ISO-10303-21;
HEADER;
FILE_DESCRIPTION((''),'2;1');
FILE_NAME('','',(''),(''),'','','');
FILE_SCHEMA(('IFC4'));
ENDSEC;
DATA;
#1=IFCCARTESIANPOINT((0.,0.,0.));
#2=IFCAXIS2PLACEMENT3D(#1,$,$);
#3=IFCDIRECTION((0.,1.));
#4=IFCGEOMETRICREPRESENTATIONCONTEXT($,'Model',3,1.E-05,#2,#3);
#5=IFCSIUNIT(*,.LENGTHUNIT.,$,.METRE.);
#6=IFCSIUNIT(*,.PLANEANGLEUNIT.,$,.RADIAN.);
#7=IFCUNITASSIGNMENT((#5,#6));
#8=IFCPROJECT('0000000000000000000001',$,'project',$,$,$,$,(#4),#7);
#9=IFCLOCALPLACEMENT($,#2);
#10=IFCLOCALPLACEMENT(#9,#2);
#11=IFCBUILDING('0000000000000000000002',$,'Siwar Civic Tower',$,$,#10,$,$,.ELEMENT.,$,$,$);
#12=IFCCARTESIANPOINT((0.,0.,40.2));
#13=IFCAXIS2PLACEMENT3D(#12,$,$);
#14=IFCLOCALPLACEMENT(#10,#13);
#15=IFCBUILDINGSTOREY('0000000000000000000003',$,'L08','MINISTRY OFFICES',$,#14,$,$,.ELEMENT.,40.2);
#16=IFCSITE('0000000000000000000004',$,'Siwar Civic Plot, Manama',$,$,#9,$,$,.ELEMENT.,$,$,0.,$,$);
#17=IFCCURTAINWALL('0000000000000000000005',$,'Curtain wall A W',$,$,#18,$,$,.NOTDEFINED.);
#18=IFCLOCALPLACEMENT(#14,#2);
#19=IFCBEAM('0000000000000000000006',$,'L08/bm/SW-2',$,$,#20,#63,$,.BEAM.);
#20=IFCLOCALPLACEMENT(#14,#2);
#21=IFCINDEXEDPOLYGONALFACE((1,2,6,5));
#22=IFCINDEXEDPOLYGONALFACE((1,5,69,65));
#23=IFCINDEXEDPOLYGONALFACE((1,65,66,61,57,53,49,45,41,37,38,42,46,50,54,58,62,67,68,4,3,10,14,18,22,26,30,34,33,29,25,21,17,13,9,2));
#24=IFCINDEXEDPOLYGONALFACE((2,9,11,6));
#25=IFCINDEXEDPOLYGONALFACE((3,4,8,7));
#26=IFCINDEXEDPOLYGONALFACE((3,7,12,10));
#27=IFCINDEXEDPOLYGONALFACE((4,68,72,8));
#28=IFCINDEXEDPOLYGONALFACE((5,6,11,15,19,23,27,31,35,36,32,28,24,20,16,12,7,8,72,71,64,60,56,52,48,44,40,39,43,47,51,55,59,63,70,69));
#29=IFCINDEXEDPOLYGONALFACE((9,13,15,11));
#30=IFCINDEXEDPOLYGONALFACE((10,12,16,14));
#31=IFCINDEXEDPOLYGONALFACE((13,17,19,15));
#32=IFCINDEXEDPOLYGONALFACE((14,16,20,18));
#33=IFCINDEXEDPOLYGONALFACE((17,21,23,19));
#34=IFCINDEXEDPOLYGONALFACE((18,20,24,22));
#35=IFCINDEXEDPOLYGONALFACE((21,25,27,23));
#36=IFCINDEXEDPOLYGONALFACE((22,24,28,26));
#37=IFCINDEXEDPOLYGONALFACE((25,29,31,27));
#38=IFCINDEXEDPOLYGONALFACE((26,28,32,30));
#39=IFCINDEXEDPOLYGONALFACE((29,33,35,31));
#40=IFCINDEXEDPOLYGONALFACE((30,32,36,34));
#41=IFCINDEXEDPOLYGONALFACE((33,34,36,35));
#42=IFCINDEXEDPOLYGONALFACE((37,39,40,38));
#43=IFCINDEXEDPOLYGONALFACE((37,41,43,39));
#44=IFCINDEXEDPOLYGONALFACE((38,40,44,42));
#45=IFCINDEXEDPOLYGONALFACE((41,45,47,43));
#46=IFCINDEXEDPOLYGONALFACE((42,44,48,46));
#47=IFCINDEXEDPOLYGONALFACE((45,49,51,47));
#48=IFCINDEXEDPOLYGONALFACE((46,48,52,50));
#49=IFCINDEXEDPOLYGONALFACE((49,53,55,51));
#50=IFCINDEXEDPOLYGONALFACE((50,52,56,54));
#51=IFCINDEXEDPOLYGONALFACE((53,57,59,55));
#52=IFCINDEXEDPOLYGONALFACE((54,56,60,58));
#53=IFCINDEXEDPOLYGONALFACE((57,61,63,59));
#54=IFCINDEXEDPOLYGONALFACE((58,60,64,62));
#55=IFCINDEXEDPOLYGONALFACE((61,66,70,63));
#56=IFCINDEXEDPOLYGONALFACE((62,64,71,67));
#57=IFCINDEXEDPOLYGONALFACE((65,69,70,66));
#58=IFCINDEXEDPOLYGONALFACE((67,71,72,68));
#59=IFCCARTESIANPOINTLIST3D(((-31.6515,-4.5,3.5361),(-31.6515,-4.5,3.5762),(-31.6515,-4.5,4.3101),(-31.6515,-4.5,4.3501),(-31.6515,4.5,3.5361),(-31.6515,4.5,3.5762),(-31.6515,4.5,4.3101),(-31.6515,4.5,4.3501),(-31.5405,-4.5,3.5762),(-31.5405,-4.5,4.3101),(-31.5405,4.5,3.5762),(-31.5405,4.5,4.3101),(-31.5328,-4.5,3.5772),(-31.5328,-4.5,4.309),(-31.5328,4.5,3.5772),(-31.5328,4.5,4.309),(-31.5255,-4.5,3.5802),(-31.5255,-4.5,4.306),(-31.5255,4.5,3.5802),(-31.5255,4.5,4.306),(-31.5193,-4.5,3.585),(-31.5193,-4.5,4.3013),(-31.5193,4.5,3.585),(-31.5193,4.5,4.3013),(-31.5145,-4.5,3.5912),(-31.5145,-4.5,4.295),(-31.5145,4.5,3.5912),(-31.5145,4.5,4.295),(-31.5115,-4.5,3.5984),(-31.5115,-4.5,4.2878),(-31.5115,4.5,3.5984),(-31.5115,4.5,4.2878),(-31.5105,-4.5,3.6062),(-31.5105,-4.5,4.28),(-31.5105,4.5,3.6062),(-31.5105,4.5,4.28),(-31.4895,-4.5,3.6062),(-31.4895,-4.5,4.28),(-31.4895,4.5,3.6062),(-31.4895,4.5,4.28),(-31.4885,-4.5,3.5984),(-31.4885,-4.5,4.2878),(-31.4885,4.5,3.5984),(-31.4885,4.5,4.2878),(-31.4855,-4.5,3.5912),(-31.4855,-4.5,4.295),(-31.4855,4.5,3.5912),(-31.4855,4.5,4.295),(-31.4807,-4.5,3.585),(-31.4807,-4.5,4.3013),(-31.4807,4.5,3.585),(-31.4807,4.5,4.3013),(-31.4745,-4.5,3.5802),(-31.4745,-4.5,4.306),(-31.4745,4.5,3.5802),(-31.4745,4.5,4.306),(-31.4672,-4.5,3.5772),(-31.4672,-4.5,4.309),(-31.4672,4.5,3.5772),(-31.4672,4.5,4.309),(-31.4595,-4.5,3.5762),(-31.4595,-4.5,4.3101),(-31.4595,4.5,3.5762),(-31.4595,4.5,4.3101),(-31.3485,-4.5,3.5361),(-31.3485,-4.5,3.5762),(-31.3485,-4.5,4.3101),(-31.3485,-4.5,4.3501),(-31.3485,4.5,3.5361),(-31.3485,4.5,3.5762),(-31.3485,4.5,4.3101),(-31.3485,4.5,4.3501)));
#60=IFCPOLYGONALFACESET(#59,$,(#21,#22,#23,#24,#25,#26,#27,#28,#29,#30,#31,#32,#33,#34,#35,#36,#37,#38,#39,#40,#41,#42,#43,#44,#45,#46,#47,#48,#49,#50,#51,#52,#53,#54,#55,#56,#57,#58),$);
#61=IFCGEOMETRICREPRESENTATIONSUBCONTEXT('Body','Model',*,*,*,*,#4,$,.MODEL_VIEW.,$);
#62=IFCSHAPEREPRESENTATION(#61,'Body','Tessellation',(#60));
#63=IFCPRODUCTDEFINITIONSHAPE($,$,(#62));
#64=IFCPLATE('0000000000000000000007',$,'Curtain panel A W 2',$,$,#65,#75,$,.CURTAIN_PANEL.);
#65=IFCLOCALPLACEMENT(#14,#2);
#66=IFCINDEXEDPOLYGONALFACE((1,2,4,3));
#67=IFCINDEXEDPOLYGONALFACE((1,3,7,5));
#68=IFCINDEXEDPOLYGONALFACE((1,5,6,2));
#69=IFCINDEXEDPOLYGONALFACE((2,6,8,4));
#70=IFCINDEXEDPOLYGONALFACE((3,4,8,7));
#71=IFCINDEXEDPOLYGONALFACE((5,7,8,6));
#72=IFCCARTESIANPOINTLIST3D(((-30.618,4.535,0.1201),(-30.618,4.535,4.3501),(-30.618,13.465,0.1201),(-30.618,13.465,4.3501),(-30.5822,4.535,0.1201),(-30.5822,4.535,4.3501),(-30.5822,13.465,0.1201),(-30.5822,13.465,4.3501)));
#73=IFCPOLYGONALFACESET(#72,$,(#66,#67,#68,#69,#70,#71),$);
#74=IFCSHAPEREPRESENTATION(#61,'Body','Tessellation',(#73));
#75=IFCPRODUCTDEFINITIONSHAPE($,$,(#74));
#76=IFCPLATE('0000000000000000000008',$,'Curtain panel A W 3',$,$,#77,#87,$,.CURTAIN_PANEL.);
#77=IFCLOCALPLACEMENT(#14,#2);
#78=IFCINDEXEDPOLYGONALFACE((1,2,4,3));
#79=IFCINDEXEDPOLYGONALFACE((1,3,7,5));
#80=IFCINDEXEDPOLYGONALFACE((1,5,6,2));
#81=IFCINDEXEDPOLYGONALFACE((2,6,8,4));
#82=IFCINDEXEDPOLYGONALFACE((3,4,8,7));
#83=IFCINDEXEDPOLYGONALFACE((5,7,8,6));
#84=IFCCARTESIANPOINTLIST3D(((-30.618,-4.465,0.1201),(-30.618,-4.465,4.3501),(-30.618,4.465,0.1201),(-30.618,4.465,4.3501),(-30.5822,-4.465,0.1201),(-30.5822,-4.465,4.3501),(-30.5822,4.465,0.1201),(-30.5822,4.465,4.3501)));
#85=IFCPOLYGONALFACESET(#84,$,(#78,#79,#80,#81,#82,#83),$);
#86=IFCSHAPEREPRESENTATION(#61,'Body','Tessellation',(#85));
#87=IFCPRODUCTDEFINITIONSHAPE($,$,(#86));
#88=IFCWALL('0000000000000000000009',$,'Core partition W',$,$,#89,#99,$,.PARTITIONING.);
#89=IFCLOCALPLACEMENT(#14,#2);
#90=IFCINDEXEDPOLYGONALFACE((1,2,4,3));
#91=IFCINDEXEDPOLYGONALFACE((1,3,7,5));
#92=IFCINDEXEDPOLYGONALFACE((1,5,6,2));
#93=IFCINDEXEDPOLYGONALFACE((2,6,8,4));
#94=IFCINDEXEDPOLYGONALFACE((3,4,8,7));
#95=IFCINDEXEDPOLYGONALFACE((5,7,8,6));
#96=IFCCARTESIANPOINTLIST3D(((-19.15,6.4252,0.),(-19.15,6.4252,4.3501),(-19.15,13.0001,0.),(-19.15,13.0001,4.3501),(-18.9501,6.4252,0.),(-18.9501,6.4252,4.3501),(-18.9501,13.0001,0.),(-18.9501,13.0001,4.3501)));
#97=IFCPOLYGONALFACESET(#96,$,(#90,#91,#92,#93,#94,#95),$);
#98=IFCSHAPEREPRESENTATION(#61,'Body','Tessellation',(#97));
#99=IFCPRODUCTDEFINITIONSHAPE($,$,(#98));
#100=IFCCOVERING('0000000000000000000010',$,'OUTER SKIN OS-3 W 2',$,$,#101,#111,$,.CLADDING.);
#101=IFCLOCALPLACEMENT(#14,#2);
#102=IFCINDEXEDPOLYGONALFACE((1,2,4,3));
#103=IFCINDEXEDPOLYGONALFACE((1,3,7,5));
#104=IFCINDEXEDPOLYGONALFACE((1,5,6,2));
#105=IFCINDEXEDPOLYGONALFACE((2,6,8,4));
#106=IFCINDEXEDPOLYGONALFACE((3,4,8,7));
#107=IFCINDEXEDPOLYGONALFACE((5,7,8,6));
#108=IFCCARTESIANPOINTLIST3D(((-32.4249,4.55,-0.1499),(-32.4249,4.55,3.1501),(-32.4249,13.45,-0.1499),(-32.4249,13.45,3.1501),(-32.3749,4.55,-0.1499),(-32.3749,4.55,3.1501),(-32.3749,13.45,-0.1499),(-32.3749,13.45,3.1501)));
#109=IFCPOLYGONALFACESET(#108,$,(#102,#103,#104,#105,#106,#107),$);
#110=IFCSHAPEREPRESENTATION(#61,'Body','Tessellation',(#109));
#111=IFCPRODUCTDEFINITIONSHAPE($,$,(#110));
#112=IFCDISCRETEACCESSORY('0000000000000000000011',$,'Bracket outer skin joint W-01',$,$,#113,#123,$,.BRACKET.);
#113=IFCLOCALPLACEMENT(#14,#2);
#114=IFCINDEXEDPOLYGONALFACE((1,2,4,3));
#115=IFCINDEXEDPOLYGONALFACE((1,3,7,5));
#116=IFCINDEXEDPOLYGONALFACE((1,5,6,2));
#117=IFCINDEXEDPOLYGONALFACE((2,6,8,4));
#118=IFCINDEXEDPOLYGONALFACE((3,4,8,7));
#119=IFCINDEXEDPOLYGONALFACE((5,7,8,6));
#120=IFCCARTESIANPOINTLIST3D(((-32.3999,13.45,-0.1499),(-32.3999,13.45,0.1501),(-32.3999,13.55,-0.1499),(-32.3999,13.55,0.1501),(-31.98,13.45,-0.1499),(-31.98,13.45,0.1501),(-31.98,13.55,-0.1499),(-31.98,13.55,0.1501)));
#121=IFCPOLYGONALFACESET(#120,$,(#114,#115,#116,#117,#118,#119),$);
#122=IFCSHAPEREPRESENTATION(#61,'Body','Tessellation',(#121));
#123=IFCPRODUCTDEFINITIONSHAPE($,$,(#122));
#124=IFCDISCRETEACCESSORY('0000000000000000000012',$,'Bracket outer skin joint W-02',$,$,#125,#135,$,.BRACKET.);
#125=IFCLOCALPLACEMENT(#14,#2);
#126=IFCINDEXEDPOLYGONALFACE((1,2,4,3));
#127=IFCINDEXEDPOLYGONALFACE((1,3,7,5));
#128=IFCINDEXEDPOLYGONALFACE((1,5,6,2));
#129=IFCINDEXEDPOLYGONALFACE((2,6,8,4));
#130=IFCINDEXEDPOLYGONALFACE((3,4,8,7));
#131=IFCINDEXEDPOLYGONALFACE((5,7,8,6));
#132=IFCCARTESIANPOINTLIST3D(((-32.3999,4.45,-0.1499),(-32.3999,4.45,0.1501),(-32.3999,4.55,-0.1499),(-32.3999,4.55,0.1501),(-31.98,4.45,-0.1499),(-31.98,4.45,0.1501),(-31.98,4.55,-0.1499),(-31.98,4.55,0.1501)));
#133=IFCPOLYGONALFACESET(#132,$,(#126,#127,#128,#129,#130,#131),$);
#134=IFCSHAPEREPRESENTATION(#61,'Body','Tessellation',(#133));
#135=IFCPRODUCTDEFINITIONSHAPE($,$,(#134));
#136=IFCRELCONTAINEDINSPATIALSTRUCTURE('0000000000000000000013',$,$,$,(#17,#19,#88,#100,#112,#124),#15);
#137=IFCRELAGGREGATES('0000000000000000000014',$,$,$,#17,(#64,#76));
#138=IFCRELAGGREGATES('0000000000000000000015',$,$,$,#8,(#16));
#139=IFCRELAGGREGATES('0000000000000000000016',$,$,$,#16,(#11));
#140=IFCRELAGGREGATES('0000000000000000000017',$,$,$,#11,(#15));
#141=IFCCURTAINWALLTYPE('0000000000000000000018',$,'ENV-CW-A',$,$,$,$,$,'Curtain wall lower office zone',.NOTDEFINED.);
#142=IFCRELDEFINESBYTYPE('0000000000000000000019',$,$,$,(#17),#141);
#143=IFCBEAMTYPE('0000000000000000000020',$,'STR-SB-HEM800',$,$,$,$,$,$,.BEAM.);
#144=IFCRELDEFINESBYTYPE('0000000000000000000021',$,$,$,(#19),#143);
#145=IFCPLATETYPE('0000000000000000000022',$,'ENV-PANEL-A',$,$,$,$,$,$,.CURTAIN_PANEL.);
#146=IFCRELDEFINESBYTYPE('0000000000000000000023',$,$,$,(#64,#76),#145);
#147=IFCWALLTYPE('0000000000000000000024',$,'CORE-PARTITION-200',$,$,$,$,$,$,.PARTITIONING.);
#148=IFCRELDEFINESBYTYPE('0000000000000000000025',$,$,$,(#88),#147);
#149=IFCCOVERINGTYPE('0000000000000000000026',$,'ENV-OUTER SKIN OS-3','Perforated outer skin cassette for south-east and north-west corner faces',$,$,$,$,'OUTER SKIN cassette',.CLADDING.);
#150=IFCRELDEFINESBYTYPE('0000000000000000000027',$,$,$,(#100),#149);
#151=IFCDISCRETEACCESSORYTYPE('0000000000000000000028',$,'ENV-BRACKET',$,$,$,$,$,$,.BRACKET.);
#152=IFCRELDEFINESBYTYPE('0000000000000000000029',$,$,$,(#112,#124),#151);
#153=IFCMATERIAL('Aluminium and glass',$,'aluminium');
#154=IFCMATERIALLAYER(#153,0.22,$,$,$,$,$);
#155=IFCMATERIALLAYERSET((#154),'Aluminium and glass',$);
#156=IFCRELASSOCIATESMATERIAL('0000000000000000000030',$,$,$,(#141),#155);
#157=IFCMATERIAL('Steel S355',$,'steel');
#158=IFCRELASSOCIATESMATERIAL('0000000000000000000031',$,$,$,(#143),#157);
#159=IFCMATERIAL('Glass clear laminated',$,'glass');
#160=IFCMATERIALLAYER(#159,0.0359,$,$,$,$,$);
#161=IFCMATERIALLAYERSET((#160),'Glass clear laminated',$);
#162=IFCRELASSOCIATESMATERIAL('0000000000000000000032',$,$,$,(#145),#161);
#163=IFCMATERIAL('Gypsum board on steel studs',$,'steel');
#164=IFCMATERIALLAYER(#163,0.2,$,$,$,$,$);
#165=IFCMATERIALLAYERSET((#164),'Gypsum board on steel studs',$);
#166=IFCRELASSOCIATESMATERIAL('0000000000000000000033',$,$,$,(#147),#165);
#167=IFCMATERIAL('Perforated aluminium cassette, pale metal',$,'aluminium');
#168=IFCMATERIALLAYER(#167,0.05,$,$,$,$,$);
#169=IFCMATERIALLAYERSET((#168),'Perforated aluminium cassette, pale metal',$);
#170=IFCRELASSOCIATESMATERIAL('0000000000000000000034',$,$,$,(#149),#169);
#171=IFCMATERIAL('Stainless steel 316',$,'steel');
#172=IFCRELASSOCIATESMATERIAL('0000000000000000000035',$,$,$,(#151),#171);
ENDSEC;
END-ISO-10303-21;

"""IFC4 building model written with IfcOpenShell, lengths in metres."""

from ifc_helpers import new_model, si_unit, direction, frame, frame_2d, origin, origin_2d, place, context, subcontext, project, spatial, rectangle, i_section, extrude, material, layer, layer_set, material_profile, profile_set, type_object, element, aggregate, save


model = new_model("IFC4")

# Units and contexts
model_context = context("Model", 3, precision=1e-05, world=origin(), true_north=direction((0.0, 1.0)))
body_context = subcontext(model_context, "Body", "Model", "MODEL_VIEW")
ifc_project = project(units=[si_unit("LENGTHUNIT", "METRE"), si_unit("PLANEANGLEUNIT", "RADIAN")], contexts=[model_context])

# Site, building, storey
site_placement = place(None, origin())
site = spatial("IfcSite", under=ifc_project, at=site_placement, Name="Siwar Civic Plot, Manama", CompositionType="ELEMENT", RefElevation=0.0)
building_placement = place(site_placement, origin())
building = spatial("IfcBuilding", under=site, at=building_placement, Name="Siwar Civic Tower", CompositionType="ELEMENT")
storey_placement = place(building_placement, frame((0.0, 0.0, 40.2)))
storey = spatial("IfcBuildingStorey", under=building, at=storey_placement, Name="L08", Description="MINISTRY OFFICES", CompositionType="ELEMENT", Elevation=40.2)

# Curtain wall
ifc_material_1 = material(Name="Aluminium and glass", Category="aluminium")
ifc_layer_1 = layer(ifc_material_1, 0.22)
ifc_layer_set_1 = layer_set([ifc_layer_1], Name="Aluminium and glass")
curtain_wall_type = type_object("IfcCurtainWallType", Name="ENV-CW-A", ElementType="Curtain wall lower office zone", PredefinedType="NOTDEFINED", material=ifc_layer_set_1)
curtain_wall_placement = place(storey_placement, origin())
curtain_wall = element("IfcCurtainWall", 1, at=curtain_wall_placement, inside=storey, type_object=curtain_wall_type, Name="Curtain wall A W", PredefinedType="NOTDEFINED")

# Beam
ifc_material_2 = material(Name="Steel S355", Category="steel")
ifc_material_profile_1 = material_profile(ifc_material_2, i_section(OverallWidth=0.303, OverallDepth=0.814, WebThickness=0.021, FlangeThickness=0.04, FilletRadius=0.03, at=origin_2d()), Name="HEM800")
ifc_profile_set_1 = profile_set([ifc_material_profile_1], Name="Steel S355")
beam_type_1 = type_object("IfcBeamType", Name="STR-SB-HEM800", PredefinedType="BEAM", material=ifc_profile_set_1)
beam_placement = place(storey_placement, frame((-31.5, 4.5, 3.9431), z_axis=(0.0, -1.0, 0.0), x_axis=(1.0, 0.0, 0.0)))
element("IfcBeam", 2, at=beam_placement, inside=storey, type_object=beam_type_1, Name="L08/bm/SW-2", PredefinedType="BEAM", context=body_context, shape_type="SweptSolid", body=[
    extrude(i_section(OverallWidth=0.303, OverallDepth=0.814, WebThickness=0.021, FlangeThickness=0.04, FilletRadius=0.03, at=origin_2d()), origin(), (0.0, 0.0, 1.0), 9.0),
])

# Plates
ifc_material_3 = material(Name="Glass clear laminated", Category="glass")
ifc_layer_2 = layer(ifc_material_3, 0.0359)
ifc_layer_set_2 = layer_set([ifc_layer_2], Name="Glass clear laminated")
plate_type = type_object("IfcPlateType", Name="ENV-PANEL-A", PredefinedType="CURTAIN_PANEL", material=ifc_layer_set_2)
plate_1_placement = place(storey_placement, frame((-30.6001, 9.0, 0.1201), z_axis=(0.0, 0.0, 1.0), x_axis=(0.0, -1.0, 0.0)))
plate_1 = element("IfcPlate", 3, at=plate_1_placement, type_object=plate_type, Name="Curtain panel A W 2", PredefinedType="CURTAIN_PANEL", context=body_context, shape_type="SweptSolid", body=[
    extrude(rectangle(XDim=8.9299, YDim=0.0359, at=origin_2d()), origin(), (0.0, 0.0, 1.0), 4.23),
])
plate_2_placement = place(storey_placement, frame((-30.6001, 0.0, 0.1201), z_axis=(0.0, 0.0, 1.0), x_axis=(0.0, -1.0, 0.0)))
plate_2 = element("IfcPlate", 4, at=plate_2_placement, type_object=plate_type, Name="Curtain panel A W 3", PredefinedType="CURTAIN_PANEL", context=body_context, shape_type="SweptSolid", body=[
    extrude(rectangle(XDim=8.9299, YDim=0.0359, at=origin_2d()), origin(), (0.0, 0.0, 1.0), 4.23),
])
aggregate(curtain_wall, [plate_1, plate_2])

# Wall
ifc_material_4 = material(Name="Gypsum board on steel studs", Category="steel")
ifc_layer_3 = layer(ifc_material_4, 0.2)
ifc_layer_set_3 = layer_set([ifc_layer_3], Name="Gypsum board on steel studs")
wall_type = type_object("IfcWallType", Name="CORE-PARTITION-200", PredefinedType="PARTITIONING", material=ifc_layer_set_3)
wall_placement = place(storey_placement, frame((-19.05, 6.425, 0.0), z_axis=(0.0, 0.0, 1.0), x_axis=(0.0, 1.0, 0.0)))
element("IfcWall", 5, at=wall_placement, inside=storey, type_object=wall_type, Name="Core partition W", PredefinedType="PARTITIONING", context=body_context, shape_type="SweptSolid", body=[
    extrude(rectangle(XDim=6.575, YDim=0.2, at=frame_2d((3.2876, 0.0))), origin(), (0.0, 0.0, 1.0), 4.3501),
])

# Covering
ifc_material_5 = material(Name="Perforated aluminium cassette, pale metal", Category="aluminium")
ifc_layer_4 = layer(ifc_material_5, 0.05)
ifc_layer_set_4 = layer_set([ifc_layer_4], Name="Perforated aluminium cassette, pale metal")
covering_type = type_object("IfcCoveringType", Name="ENV-OUTER SKIN OS-3", Description="Perforated outer skin cassette for south-east and north-west corner faces", ElementType="OUTER SKIN cassette", PredefinedType="CLADDING", material=ifc_layer_set_4)
covering_placement = place(storey_placement, frame((-32.3999, 9.0, -0.1499), z_axis=(0.0, 0.0, 1.0), x_axis=(0.0, -1.0, 0.0)))
element("IfcCovering", 6, at=covering_placement, inside=storey, type_object=covering_type, Name="OUTER SKIN OS-3 W 2", PredefinedType="CLADDING", context=body_context, shape_type="SweptSolid", body=[
    extrude(rectangle(XDim=8.8999, YDim=0.05, at=origin_2d()), origin(), (0.0, 0.0, 1.0), 3.3),
])

# Discrete accessories
ifc_material_6 = material(Name="Stainless steel 316", Category="steel")
discrete_accessory_type = type_object("IfcDiscreteAccessoryType", Name="ENV-BRACKET", PredefinedType="BRACKET", material=ifc_material_6)
for number, where, z_axis, x_axis, name in (
    (7, (-32.1899, 13.5, -0.1499), (0.0, 0.0, 1.0), (-1.0, 0.0, 0.0), "Bracket outer skin joint W-01"),
    (8, (-32.1899, 4.5, -0.1499), (0.0, 0.0, 1.0), (-1.0, 0.0, 0.0), "Bracket outer skin joint W-02"),
):
    element("IfcDiscreteAccessory", number, at=place(storey_placement, frame(where, z_axis=z_axis, x_axis=x_axis)), inside=storey, type_object=discrete_accessory_type, Name=name, PredefinedType="BRACKET", context=body_context, shape_type="SweptSolid", body=[
        extrude(rectangle(XDim=0.4199, YDim=0.1001, at=origin_2d()), origin(), (0.0, 0.0, 1.0), 0.3),
    ])

save(model, "model.ifc")
